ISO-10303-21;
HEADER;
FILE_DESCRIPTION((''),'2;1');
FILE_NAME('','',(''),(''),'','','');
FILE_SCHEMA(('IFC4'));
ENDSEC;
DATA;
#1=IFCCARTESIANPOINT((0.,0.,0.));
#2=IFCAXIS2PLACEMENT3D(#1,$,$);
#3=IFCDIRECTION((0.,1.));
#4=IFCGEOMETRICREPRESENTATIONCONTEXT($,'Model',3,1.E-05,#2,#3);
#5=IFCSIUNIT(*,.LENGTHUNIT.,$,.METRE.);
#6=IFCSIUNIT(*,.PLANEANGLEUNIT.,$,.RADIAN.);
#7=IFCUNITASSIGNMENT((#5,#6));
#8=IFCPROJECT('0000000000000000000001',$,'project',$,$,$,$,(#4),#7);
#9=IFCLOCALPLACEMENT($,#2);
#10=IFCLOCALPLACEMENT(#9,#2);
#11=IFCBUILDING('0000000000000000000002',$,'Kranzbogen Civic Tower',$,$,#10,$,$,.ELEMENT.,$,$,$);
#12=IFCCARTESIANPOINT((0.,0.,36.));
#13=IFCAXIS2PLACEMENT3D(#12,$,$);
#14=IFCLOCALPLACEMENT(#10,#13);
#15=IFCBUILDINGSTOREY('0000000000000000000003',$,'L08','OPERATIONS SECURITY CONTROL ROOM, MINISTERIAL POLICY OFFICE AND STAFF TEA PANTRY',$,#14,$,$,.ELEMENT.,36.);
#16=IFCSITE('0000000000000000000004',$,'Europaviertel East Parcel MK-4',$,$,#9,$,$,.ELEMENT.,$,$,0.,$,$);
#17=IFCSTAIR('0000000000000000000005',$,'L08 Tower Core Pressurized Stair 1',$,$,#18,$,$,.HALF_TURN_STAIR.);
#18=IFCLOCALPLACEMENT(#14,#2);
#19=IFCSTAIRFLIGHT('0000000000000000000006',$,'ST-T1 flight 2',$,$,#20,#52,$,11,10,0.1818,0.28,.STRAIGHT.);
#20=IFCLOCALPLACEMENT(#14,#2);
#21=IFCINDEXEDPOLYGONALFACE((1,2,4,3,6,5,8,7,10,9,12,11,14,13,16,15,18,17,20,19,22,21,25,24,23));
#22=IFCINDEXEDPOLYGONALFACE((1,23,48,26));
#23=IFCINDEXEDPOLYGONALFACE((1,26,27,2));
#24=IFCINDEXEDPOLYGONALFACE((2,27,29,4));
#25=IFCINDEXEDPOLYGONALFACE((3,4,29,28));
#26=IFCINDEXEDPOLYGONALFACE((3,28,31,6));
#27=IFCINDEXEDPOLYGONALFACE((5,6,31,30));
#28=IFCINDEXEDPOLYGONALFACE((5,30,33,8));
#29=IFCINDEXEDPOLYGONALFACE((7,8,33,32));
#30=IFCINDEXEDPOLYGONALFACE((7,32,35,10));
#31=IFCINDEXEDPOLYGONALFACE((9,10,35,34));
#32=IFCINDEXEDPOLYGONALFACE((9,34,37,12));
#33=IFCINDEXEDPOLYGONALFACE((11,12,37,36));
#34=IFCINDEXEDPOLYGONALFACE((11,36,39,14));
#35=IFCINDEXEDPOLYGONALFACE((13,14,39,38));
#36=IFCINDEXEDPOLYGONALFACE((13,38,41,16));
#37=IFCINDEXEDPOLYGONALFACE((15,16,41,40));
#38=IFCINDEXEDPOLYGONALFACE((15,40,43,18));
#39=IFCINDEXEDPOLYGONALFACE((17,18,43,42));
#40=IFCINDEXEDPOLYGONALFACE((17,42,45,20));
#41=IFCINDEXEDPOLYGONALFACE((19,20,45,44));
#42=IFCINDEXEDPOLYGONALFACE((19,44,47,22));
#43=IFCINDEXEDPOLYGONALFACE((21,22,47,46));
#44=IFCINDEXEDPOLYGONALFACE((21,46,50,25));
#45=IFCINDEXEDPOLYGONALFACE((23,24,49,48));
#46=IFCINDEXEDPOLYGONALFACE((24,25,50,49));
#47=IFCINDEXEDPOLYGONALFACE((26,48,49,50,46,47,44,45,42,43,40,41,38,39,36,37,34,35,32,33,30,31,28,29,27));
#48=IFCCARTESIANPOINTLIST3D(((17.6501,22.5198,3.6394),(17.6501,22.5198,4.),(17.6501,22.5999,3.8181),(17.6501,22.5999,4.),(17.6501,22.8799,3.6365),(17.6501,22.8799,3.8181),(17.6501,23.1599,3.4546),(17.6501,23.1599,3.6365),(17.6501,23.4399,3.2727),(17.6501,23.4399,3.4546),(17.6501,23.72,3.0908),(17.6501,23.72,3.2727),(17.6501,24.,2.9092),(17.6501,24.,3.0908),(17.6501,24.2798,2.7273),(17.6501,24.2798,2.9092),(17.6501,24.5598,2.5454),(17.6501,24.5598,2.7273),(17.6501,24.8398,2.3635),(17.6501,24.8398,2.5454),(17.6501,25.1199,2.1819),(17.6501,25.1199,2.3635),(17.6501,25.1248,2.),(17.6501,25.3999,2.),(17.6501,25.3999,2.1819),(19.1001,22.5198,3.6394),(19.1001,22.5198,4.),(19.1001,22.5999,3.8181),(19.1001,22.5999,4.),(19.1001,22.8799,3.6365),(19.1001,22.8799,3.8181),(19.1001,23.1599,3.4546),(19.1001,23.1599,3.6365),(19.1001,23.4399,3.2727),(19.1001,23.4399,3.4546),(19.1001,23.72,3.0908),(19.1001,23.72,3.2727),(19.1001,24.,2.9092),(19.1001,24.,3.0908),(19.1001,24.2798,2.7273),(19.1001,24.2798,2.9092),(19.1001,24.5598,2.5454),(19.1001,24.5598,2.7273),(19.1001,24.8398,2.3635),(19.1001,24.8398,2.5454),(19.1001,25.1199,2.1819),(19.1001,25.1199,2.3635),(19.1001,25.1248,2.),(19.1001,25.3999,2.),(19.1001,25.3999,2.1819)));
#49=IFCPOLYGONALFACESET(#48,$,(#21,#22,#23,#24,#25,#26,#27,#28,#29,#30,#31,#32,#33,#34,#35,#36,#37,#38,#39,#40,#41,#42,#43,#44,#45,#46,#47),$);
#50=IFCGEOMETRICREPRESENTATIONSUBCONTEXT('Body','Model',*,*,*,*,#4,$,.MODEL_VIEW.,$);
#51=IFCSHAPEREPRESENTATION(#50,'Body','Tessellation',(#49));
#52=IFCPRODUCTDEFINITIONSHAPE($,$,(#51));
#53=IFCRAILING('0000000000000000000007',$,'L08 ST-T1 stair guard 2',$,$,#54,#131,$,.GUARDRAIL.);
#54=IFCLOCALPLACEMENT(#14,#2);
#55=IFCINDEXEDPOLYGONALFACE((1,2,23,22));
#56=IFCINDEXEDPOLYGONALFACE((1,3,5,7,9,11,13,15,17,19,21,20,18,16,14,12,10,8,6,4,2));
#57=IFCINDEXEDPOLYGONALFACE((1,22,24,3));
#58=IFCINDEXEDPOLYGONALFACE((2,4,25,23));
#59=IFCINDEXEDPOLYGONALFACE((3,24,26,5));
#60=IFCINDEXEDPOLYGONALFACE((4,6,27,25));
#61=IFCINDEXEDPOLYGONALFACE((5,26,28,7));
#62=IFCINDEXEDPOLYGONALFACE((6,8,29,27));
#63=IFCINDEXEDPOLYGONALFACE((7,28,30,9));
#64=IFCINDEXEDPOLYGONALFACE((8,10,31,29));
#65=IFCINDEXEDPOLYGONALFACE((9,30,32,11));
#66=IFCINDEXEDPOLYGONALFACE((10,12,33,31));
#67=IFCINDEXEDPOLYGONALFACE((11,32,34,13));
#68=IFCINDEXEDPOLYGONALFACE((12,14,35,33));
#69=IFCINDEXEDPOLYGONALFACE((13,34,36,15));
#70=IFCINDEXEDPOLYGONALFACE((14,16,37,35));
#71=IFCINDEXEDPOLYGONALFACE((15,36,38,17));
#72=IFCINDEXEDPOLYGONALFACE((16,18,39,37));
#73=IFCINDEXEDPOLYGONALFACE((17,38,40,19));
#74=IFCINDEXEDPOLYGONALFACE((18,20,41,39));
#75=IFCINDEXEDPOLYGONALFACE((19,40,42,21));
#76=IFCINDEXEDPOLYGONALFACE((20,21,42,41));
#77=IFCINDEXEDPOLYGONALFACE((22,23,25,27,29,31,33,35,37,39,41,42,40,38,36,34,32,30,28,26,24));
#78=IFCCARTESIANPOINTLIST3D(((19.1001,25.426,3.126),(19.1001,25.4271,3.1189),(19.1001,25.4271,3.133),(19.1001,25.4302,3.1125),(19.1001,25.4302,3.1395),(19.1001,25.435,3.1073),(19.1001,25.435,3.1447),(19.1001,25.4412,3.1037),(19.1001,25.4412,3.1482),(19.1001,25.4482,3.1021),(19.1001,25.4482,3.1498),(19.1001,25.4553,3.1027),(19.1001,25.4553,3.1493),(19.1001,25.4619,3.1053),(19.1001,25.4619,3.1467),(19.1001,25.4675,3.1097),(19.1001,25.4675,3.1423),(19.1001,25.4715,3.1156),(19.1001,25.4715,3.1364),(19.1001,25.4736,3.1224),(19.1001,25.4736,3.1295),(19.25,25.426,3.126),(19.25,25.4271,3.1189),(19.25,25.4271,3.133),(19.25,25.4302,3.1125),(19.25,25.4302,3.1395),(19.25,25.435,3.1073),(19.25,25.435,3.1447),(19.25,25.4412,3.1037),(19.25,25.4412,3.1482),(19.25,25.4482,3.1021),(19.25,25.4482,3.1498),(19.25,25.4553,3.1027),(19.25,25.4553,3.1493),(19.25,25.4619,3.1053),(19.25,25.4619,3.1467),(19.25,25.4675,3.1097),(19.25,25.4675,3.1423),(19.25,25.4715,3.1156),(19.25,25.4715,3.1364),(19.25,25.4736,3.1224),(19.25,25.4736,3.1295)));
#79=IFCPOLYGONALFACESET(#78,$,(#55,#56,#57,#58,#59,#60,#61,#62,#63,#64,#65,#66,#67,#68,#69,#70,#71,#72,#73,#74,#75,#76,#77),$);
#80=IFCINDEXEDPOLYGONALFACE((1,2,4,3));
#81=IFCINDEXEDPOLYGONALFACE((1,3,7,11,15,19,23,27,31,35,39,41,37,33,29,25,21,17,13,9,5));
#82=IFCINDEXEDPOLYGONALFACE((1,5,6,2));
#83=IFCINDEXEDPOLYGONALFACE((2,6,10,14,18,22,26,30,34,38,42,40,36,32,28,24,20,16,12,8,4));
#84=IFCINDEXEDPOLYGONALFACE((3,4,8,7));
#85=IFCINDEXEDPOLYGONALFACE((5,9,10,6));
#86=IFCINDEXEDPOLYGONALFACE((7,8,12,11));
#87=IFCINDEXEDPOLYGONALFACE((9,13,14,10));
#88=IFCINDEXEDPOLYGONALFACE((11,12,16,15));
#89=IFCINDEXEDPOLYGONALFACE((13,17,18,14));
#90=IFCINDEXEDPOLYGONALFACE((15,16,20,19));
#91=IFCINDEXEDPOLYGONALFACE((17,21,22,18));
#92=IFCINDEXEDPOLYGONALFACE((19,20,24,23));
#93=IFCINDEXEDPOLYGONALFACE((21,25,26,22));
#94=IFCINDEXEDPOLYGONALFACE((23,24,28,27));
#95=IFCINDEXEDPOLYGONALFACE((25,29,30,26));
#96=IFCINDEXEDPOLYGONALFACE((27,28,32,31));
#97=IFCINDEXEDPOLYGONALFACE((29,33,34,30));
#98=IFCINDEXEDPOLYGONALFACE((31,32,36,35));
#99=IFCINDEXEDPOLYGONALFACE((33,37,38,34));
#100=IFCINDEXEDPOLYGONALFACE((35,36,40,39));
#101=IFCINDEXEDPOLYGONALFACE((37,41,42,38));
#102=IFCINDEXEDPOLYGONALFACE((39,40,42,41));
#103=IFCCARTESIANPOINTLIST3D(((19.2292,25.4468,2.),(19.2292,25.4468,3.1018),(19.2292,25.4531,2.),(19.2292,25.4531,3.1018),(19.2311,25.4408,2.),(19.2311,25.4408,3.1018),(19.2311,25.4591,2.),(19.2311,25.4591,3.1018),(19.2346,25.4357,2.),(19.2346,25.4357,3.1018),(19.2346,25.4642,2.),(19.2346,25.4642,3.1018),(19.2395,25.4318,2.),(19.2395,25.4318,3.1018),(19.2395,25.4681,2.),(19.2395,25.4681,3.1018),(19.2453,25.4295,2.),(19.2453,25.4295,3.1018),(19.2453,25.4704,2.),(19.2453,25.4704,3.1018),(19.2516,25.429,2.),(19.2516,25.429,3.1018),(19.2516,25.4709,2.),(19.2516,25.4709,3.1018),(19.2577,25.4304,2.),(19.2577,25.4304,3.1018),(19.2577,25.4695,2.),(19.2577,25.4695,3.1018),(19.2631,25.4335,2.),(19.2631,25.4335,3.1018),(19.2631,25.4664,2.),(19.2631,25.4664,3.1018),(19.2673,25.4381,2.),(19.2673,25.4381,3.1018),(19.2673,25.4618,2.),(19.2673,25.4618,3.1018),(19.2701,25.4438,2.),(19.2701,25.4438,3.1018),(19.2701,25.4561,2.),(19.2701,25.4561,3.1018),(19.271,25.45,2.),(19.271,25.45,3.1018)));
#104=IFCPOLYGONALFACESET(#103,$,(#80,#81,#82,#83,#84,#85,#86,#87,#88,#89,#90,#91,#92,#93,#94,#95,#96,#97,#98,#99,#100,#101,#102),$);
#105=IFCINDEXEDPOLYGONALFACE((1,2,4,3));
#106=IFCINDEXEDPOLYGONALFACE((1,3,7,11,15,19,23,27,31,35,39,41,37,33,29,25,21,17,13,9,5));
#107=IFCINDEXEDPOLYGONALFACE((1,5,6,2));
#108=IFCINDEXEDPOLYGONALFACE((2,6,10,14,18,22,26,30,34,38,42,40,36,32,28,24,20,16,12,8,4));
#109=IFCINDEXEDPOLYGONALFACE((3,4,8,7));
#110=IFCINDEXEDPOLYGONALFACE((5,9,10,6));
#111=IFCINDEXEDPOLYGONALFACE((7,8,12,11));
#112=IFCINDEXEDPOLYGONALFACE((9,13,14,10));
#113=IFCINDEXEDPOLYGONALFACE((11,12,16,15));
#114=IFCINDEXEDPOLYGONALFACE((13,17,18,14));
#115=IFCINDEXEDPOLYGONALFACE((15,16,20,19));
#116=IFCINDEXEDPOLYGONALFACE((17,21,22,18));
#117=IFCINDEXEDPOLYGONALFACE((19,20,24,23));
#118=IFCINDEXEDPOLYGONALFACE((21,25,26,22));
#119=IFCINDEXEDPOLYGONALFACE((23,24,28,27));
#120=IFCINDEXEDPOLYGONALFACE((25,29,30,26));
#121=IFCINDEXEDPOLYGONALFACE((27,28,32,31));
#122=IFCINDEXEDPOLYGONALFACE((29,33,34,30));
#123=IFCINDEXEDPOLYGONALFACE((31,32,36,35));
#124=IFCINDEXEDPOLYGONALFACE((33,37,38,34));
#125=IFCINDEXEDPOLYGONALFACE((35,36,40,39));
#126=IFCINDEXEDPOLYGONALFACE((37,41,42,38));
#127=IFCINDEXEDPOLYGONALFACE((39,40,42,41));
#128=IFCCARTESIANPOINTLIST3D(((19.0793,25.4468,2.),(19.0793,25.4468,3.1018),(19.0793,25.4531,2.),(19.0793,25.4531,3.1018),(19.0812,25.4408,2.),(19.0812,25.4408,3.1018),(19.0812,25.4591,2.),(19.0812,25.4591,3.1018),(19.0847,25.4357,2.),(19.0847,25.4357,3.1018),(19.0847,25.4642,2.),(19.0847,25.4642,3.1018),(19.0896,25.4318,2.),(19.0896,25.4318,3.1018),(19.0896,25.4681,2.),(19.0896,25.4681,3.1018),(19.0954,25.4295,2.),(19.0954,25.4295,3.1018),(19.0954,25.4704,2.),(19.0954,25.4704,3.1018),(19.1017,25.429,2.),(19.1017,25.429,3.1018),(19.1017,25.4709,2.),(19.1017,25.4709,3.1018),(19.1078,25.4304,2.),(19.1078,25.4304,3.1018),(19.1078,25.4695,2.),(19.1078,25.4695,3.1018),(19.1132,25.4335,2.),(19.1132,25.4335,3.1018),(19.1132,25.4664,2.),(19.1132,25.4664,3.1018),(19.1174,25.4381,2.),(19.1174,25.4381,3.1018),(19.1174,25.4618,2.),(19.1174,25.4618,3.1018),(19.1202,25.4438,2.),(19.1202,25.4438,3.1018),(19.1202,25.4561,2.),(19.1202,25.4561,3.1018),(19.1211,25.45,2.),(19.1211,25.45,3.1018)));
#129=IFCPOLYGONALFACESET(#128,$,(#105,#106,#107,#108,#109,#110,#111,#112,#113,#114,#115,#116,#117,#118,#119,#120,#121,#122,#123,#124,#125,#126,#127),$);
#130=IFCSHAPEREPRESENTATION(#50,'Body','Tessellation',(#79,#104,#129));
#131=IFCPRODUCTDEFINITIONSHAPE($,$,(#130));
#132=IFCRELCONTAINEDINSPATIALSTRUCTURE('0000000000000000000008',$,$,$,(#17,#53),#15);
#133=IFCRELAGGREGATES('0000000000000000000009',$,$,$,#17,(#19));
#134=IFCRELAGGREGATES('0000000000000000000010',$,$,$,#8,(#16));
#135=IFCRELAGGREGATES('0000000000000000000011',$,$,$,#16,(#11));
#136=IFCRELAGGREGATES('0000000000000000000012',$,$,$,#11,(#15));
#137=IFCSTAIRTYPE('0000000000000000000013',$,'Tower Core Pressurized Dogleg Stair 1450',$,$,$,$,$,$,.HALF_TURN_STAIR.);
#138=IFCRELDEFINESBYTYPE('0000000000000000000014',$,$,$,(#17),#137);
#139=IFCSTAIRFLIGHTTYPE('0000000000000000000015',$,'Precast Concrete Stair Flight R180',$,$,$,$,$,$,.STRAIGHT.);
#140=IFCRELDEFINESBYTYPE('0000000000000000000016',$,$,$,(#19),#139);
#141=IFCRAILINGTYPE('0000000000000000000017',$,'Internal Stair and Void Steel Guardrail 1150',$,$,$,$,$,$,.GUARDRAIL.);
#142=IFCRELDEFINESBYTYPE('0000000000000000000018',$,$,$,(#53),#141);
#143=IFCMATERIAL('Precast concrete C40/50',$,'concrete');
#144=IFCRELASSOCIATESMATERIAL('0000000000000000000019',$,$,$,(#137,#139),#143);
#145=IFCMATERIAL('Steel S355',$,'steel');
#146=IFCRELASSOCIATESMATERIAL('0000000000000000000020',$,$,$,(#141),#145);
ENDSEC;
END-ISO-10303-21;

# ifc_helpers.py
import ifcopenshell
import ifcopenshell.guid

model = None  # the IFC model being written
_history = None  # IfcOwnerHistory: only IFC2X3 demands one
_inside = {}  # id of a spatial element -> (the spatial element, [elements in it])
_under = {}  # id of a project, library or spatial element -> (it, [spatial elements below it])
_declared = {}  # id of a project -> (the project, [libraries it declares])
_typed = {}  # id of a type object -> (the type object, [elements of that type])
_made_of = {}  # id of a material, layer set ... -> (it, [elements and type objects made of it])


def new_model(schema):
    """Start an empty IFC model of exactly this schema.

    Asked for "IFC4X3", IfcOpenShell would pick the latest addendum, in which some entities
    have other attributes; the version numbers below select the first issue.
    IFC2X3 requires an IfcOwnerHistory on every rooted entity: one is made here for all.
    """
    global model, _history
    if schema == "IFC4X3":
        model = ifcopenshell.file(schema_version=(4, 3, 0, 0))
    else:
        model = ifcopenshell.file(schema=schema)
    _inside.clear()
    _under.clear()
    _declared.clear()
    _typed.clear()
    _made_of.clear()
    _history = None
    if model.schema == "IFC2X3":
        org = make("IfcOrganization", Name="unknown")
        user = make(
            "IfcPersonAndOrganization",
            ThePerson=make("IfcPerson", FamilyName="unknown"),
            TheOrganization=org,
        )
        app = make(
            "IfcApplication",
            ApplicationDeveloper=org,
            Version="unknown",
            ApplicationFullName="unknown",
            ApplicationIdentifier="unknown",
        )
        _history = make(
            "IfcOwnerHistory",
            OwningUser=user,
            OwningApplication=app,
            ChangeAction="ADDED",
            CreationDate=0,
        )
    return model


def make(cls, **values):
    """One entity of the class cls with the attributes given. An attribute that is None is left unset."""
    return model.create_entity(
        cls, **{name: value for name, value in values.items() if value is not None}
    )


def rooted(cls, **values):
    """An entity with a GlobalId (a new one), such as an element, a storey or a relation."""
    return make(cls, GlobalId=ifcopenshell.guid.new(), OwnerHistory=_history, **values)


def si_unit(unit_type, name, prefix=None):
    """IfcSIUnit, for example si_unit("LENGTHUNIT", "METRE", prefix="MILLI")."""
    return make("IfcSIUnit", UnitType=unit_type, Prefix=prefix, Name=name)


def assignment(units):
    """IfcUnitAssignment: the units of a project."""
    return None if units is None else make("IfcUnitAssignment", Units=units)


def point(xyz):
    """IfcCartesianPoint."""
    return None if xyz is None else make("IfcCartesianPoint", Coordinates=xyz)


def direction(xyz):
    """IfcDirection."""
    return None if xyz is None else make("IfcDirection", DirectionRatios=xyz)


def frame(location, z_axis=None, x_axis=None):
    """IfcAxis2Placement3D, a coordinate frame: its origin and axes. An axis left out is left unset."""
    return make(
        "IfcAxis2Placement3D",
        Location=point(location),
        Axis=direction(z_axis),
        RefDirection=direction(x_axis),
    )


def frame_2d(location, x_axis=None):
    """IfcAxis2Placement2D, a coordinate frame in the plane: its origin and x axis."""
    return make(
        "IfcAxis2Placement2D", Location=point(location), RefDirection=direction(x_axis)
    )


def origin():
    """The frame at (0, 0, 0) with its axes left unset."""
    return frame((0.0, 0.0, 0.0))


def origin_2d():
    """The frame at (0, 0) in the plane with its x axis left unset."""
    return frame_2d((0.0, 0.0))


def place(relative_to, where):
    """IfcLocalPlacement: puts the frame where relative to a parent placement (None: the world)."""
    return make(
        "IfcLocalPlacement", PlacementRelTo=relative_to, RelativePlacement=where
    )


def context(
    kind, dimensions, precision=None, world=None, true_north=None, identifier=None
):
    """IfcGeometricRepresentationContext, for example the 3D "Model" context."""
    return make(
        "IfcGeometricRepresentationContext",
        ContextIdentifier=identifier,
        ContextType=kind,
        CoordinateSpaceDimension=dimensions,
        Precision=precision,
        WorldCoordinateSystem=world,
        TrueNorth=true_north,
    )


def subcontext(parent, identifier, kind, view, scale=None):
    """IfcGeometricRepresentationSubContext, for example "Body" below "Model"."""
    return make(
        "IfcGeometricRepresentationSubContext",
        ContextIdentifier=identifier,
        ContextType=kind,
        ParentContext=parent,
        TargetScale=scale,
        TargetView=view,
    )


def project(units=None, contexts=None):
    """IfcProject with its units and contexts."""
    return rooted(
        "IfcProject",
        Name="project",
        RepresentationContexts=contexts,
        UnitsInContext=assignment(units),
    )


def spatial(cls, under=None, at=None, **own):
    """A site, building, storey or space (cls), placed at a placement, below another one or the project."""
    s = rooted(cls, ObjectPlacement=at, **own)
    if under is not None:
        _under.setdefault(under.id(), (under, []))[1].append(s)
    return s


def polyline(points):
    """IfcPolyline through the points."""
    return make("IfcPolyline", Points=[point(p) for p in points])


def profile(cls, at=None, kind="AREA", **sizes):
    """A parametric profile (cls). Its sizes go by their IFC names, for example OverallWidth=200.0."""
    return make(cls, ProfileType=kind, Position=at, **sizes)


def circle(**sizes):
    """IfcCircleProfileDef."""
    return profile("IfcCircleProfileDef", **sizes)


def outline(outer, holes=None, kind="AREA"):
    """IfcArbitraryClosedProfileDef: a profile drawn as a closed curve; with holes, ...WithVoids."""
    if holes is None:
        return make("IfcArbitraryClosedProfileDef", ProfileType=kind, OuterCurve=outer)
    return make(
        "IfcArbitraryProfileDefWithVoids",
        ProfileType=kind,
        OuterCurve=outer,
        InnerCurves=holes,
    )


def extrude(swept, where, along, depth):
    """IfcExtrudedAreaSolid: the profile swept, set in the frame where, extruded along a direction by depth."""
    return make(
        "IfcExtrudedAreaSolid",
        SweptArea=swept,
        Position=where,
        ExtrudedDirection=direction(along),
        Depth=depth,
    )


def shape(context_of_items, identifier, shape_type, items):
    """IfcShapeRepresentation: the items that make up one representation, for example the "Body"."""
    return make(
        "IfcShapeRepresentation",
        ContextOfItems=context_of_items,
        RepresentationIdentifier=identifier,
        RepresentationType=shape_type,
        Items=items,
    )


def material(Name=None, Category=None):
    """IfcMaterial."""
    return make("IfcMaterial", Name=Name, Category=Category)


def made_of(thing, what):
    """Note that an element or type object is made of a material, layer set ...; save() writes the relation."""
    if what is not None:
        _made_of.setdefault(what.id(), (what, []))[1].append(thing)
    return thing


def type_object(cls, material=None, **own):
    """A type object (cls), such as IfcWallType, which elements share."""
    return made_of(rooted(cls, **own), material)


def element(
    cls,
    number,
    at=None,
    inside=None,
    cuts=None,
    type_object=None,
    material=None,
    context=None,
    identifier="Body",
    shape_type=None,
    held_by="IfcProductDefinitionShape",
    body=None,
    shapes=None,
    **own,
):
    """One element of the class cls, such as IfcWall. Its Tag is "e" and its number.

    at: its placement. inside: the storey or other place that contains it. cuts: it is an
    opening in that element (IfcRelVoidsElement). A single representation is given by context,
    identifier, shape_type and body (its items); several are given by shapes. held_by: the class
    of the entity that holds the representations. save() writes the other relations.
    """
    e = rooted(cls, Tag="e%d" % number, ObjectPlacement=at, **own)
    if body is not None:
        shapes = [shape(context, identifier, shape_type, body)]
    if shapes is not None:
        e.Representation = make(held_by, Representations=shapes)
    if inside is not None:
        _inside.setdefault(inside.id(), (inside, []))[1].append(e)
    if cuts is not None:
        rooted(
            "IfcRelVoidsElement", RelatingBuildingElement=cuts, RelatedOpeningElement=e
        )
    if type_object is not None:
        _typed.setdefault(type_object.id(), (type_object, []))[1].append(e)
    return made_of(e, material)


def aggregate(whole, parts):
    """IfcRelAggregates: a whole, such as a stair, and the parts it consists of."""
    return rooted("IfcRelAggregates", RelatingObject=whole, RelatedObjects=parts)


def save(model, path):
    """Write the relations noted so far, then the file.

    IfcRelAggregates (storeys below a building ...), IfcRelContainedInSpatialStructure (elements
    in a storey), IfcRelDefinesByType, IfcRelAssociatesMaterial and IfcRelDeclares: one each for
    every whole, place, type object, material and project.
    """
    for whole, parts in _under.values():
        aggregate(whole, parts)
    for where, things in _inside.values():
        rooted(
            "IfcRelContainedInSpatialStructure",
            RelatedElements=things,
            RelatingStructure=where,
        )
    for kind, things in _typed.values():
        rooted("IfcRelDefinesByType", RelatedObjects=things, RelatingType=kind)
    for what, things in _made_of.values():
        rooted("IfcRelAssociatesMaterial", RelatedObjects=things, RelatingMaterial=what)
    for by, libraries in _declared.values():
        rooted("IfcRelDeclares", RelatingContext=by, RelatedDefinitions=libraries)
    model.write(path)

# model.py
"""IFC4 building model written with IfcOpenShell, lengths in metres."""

from ifc_helpers import new_model, si_unit, direction, frame, origin, origin_2d, place, context, subcontext, project, spatial, polyline, circle, outline, extrude, material, type_object, element, aggregate, save


model = new_model("IFC4")

# Units and contexts
model_context = context("Model", 3, precision=1e-05, world=origin(), true_north=direction((0.0, 1.0)))
body_context = subcontext(model_context, "Body", "Model", "MODEL_VIEW")
ifc_project = project(units=[si_unit("LENGTHUNIT", "METRE"), si_unit("PLANEANGLEUNIT", "RADIAN")], contexts=[model_context])

# Site, building, storey
site_placement = place(None, origin())
site = spatial("IfcSite", under=ifc_project, at=site_placement, Name="Europaviertel East Parcel MK-4", CompositionType="ELEMENT", RefElevation=0.0)
building_placement = place(site_placement, origin())
building = spatial("IfcBuilding", under=site, at=building_placement, Name="Kranzbogen Civic Tower", CompositionType="ELEMENT")
storey_placement = place(building_placement, frame((0.0, 0.0, 36.0)))
storey = spatial("IfcBuildingStorey", under=building, at=storey_placement, Name="L08", Description="OPERATIONS SECURITY CONTROL ROOM, MINISTERIAL POLICY OFFICE AND STAFF TEA PANTRY", CompositionType="ELEMENT", Elevation=36.0)

# Shared definitions
ifc_material_1 = material(Name="Steel S355", Category="steel")

# Stair, stair flight
ifc_material_2 = material(Name="Precast concrete C40/50", Category="concrete")
stair_type = type_object("IfcStairType", Name="Tower Core Pressurized Dogleg Stair 1450", PredefinedType="HALF_TURN_STAIR", material=ifc_material_2)
stair_placement = place(storey_placement, origin())
stair = element("IfcStair", 1, at=stair_placement, inside=storey, type_object=stair_type, Name="L08 Tower Core Pressurized Stair 1", PredefinedType="HALF_TURN_STAIR")
stair_flight_type = type_object("IfcStairFlightType", Name="Precast Concrete Stair Flight R180", PredefinedType="STRAIGHT", material=ifc_material_2)
stair_flight_placement = place(storey_placement, frame((18.375, 25.3999, 2.0), z_axis=(0.0, 0.0, 1.0), x_axis=(0.0, -1.0, 0.0)))
stair_flight = element("IfcStairFlight", 2, at=stair_flight_placement, type_object=stair_flight_type, Name="ST-T1 flight 2", NumberOfRisers=11, NumberOfTreads=10, PredefinedType="STRAIGHT", RiserHeight=0.1818, TreadLength=0.28, context=body_context, shape_type="SweptSolid", body=[
    extrude(outline(polyline([(0.0, 0.0), (0.0, 0.1819), (0.28, 0.1819), (0.28, 0.3635), (0.5601, 0.3635), (0.5601, 0.5454), (0.8401, 0.5454), (0.8401, 0.7273), (1.1201, 0.7273), (1.1201, 0.9092), (1.3999, 0.9092), (1.3999, 1.0908), (1.6799, 1.0908), (1.6799, 1.2727), (1.96, 1.2727), (1.96, 1.4546), (2.24, 1.4546), (2.24, 1.6365), (2.52, 1.6365), (2.52, 1.8181), (2.8, 1.8181), (2.8, 2.0), (2.8801, 2.0), (2.8801, 1.6394), (0.2751, 0.0), (0.0, 0.0)])), frame((0.0, 0.7251, 0.0), z_axis=(0.0, -1.0, 0.0), x_axis=(1.0, 0.0, 0.0)), (0.0, 0.0, 1.0), 1.45),
])
aggregate(stair, [stair_flight])

# Railing
railing_type_1 = type_object("IfcRailingType", Name="Internal Stair and Void Steel Guardrail 1150", PredefinedType="GUARDRAIL", material=ifc_material_1)
railing_1_placement = place(storey_placement, frame((19.25, 25.45, 2.0)))
element("IfcRailing", 3, at=railing_1_placement, inside=storey, type_object=railing_type_1, Name="L08 ST-T1 stair guard 2", PredefinedType="GUARDRAIL", context=body_context, shape_type="SweptSolid", body=[
    extrude(circle(Radius=0.0239, at=origin_2d()), frame((0.0, 0.0, 1.126), z_axis=(-1.0, 0.0, 0.0), x_axis=(0.0, -1.0, 0.0)), (0.0, 0.0, 1.0), 0.1499),
    extrude(circle(Radius=0.021, at=origin_2d()), origin(), (0.0, 0.0, 1.0), 1.1018),
    extrude(circle(Radius=0.021, at=origin_2d()), frame((-0.1499, 0.0, 0.0)), (0.0, 0.0, 1.0), 1.1018),
])

save(model, "model.ifc")
